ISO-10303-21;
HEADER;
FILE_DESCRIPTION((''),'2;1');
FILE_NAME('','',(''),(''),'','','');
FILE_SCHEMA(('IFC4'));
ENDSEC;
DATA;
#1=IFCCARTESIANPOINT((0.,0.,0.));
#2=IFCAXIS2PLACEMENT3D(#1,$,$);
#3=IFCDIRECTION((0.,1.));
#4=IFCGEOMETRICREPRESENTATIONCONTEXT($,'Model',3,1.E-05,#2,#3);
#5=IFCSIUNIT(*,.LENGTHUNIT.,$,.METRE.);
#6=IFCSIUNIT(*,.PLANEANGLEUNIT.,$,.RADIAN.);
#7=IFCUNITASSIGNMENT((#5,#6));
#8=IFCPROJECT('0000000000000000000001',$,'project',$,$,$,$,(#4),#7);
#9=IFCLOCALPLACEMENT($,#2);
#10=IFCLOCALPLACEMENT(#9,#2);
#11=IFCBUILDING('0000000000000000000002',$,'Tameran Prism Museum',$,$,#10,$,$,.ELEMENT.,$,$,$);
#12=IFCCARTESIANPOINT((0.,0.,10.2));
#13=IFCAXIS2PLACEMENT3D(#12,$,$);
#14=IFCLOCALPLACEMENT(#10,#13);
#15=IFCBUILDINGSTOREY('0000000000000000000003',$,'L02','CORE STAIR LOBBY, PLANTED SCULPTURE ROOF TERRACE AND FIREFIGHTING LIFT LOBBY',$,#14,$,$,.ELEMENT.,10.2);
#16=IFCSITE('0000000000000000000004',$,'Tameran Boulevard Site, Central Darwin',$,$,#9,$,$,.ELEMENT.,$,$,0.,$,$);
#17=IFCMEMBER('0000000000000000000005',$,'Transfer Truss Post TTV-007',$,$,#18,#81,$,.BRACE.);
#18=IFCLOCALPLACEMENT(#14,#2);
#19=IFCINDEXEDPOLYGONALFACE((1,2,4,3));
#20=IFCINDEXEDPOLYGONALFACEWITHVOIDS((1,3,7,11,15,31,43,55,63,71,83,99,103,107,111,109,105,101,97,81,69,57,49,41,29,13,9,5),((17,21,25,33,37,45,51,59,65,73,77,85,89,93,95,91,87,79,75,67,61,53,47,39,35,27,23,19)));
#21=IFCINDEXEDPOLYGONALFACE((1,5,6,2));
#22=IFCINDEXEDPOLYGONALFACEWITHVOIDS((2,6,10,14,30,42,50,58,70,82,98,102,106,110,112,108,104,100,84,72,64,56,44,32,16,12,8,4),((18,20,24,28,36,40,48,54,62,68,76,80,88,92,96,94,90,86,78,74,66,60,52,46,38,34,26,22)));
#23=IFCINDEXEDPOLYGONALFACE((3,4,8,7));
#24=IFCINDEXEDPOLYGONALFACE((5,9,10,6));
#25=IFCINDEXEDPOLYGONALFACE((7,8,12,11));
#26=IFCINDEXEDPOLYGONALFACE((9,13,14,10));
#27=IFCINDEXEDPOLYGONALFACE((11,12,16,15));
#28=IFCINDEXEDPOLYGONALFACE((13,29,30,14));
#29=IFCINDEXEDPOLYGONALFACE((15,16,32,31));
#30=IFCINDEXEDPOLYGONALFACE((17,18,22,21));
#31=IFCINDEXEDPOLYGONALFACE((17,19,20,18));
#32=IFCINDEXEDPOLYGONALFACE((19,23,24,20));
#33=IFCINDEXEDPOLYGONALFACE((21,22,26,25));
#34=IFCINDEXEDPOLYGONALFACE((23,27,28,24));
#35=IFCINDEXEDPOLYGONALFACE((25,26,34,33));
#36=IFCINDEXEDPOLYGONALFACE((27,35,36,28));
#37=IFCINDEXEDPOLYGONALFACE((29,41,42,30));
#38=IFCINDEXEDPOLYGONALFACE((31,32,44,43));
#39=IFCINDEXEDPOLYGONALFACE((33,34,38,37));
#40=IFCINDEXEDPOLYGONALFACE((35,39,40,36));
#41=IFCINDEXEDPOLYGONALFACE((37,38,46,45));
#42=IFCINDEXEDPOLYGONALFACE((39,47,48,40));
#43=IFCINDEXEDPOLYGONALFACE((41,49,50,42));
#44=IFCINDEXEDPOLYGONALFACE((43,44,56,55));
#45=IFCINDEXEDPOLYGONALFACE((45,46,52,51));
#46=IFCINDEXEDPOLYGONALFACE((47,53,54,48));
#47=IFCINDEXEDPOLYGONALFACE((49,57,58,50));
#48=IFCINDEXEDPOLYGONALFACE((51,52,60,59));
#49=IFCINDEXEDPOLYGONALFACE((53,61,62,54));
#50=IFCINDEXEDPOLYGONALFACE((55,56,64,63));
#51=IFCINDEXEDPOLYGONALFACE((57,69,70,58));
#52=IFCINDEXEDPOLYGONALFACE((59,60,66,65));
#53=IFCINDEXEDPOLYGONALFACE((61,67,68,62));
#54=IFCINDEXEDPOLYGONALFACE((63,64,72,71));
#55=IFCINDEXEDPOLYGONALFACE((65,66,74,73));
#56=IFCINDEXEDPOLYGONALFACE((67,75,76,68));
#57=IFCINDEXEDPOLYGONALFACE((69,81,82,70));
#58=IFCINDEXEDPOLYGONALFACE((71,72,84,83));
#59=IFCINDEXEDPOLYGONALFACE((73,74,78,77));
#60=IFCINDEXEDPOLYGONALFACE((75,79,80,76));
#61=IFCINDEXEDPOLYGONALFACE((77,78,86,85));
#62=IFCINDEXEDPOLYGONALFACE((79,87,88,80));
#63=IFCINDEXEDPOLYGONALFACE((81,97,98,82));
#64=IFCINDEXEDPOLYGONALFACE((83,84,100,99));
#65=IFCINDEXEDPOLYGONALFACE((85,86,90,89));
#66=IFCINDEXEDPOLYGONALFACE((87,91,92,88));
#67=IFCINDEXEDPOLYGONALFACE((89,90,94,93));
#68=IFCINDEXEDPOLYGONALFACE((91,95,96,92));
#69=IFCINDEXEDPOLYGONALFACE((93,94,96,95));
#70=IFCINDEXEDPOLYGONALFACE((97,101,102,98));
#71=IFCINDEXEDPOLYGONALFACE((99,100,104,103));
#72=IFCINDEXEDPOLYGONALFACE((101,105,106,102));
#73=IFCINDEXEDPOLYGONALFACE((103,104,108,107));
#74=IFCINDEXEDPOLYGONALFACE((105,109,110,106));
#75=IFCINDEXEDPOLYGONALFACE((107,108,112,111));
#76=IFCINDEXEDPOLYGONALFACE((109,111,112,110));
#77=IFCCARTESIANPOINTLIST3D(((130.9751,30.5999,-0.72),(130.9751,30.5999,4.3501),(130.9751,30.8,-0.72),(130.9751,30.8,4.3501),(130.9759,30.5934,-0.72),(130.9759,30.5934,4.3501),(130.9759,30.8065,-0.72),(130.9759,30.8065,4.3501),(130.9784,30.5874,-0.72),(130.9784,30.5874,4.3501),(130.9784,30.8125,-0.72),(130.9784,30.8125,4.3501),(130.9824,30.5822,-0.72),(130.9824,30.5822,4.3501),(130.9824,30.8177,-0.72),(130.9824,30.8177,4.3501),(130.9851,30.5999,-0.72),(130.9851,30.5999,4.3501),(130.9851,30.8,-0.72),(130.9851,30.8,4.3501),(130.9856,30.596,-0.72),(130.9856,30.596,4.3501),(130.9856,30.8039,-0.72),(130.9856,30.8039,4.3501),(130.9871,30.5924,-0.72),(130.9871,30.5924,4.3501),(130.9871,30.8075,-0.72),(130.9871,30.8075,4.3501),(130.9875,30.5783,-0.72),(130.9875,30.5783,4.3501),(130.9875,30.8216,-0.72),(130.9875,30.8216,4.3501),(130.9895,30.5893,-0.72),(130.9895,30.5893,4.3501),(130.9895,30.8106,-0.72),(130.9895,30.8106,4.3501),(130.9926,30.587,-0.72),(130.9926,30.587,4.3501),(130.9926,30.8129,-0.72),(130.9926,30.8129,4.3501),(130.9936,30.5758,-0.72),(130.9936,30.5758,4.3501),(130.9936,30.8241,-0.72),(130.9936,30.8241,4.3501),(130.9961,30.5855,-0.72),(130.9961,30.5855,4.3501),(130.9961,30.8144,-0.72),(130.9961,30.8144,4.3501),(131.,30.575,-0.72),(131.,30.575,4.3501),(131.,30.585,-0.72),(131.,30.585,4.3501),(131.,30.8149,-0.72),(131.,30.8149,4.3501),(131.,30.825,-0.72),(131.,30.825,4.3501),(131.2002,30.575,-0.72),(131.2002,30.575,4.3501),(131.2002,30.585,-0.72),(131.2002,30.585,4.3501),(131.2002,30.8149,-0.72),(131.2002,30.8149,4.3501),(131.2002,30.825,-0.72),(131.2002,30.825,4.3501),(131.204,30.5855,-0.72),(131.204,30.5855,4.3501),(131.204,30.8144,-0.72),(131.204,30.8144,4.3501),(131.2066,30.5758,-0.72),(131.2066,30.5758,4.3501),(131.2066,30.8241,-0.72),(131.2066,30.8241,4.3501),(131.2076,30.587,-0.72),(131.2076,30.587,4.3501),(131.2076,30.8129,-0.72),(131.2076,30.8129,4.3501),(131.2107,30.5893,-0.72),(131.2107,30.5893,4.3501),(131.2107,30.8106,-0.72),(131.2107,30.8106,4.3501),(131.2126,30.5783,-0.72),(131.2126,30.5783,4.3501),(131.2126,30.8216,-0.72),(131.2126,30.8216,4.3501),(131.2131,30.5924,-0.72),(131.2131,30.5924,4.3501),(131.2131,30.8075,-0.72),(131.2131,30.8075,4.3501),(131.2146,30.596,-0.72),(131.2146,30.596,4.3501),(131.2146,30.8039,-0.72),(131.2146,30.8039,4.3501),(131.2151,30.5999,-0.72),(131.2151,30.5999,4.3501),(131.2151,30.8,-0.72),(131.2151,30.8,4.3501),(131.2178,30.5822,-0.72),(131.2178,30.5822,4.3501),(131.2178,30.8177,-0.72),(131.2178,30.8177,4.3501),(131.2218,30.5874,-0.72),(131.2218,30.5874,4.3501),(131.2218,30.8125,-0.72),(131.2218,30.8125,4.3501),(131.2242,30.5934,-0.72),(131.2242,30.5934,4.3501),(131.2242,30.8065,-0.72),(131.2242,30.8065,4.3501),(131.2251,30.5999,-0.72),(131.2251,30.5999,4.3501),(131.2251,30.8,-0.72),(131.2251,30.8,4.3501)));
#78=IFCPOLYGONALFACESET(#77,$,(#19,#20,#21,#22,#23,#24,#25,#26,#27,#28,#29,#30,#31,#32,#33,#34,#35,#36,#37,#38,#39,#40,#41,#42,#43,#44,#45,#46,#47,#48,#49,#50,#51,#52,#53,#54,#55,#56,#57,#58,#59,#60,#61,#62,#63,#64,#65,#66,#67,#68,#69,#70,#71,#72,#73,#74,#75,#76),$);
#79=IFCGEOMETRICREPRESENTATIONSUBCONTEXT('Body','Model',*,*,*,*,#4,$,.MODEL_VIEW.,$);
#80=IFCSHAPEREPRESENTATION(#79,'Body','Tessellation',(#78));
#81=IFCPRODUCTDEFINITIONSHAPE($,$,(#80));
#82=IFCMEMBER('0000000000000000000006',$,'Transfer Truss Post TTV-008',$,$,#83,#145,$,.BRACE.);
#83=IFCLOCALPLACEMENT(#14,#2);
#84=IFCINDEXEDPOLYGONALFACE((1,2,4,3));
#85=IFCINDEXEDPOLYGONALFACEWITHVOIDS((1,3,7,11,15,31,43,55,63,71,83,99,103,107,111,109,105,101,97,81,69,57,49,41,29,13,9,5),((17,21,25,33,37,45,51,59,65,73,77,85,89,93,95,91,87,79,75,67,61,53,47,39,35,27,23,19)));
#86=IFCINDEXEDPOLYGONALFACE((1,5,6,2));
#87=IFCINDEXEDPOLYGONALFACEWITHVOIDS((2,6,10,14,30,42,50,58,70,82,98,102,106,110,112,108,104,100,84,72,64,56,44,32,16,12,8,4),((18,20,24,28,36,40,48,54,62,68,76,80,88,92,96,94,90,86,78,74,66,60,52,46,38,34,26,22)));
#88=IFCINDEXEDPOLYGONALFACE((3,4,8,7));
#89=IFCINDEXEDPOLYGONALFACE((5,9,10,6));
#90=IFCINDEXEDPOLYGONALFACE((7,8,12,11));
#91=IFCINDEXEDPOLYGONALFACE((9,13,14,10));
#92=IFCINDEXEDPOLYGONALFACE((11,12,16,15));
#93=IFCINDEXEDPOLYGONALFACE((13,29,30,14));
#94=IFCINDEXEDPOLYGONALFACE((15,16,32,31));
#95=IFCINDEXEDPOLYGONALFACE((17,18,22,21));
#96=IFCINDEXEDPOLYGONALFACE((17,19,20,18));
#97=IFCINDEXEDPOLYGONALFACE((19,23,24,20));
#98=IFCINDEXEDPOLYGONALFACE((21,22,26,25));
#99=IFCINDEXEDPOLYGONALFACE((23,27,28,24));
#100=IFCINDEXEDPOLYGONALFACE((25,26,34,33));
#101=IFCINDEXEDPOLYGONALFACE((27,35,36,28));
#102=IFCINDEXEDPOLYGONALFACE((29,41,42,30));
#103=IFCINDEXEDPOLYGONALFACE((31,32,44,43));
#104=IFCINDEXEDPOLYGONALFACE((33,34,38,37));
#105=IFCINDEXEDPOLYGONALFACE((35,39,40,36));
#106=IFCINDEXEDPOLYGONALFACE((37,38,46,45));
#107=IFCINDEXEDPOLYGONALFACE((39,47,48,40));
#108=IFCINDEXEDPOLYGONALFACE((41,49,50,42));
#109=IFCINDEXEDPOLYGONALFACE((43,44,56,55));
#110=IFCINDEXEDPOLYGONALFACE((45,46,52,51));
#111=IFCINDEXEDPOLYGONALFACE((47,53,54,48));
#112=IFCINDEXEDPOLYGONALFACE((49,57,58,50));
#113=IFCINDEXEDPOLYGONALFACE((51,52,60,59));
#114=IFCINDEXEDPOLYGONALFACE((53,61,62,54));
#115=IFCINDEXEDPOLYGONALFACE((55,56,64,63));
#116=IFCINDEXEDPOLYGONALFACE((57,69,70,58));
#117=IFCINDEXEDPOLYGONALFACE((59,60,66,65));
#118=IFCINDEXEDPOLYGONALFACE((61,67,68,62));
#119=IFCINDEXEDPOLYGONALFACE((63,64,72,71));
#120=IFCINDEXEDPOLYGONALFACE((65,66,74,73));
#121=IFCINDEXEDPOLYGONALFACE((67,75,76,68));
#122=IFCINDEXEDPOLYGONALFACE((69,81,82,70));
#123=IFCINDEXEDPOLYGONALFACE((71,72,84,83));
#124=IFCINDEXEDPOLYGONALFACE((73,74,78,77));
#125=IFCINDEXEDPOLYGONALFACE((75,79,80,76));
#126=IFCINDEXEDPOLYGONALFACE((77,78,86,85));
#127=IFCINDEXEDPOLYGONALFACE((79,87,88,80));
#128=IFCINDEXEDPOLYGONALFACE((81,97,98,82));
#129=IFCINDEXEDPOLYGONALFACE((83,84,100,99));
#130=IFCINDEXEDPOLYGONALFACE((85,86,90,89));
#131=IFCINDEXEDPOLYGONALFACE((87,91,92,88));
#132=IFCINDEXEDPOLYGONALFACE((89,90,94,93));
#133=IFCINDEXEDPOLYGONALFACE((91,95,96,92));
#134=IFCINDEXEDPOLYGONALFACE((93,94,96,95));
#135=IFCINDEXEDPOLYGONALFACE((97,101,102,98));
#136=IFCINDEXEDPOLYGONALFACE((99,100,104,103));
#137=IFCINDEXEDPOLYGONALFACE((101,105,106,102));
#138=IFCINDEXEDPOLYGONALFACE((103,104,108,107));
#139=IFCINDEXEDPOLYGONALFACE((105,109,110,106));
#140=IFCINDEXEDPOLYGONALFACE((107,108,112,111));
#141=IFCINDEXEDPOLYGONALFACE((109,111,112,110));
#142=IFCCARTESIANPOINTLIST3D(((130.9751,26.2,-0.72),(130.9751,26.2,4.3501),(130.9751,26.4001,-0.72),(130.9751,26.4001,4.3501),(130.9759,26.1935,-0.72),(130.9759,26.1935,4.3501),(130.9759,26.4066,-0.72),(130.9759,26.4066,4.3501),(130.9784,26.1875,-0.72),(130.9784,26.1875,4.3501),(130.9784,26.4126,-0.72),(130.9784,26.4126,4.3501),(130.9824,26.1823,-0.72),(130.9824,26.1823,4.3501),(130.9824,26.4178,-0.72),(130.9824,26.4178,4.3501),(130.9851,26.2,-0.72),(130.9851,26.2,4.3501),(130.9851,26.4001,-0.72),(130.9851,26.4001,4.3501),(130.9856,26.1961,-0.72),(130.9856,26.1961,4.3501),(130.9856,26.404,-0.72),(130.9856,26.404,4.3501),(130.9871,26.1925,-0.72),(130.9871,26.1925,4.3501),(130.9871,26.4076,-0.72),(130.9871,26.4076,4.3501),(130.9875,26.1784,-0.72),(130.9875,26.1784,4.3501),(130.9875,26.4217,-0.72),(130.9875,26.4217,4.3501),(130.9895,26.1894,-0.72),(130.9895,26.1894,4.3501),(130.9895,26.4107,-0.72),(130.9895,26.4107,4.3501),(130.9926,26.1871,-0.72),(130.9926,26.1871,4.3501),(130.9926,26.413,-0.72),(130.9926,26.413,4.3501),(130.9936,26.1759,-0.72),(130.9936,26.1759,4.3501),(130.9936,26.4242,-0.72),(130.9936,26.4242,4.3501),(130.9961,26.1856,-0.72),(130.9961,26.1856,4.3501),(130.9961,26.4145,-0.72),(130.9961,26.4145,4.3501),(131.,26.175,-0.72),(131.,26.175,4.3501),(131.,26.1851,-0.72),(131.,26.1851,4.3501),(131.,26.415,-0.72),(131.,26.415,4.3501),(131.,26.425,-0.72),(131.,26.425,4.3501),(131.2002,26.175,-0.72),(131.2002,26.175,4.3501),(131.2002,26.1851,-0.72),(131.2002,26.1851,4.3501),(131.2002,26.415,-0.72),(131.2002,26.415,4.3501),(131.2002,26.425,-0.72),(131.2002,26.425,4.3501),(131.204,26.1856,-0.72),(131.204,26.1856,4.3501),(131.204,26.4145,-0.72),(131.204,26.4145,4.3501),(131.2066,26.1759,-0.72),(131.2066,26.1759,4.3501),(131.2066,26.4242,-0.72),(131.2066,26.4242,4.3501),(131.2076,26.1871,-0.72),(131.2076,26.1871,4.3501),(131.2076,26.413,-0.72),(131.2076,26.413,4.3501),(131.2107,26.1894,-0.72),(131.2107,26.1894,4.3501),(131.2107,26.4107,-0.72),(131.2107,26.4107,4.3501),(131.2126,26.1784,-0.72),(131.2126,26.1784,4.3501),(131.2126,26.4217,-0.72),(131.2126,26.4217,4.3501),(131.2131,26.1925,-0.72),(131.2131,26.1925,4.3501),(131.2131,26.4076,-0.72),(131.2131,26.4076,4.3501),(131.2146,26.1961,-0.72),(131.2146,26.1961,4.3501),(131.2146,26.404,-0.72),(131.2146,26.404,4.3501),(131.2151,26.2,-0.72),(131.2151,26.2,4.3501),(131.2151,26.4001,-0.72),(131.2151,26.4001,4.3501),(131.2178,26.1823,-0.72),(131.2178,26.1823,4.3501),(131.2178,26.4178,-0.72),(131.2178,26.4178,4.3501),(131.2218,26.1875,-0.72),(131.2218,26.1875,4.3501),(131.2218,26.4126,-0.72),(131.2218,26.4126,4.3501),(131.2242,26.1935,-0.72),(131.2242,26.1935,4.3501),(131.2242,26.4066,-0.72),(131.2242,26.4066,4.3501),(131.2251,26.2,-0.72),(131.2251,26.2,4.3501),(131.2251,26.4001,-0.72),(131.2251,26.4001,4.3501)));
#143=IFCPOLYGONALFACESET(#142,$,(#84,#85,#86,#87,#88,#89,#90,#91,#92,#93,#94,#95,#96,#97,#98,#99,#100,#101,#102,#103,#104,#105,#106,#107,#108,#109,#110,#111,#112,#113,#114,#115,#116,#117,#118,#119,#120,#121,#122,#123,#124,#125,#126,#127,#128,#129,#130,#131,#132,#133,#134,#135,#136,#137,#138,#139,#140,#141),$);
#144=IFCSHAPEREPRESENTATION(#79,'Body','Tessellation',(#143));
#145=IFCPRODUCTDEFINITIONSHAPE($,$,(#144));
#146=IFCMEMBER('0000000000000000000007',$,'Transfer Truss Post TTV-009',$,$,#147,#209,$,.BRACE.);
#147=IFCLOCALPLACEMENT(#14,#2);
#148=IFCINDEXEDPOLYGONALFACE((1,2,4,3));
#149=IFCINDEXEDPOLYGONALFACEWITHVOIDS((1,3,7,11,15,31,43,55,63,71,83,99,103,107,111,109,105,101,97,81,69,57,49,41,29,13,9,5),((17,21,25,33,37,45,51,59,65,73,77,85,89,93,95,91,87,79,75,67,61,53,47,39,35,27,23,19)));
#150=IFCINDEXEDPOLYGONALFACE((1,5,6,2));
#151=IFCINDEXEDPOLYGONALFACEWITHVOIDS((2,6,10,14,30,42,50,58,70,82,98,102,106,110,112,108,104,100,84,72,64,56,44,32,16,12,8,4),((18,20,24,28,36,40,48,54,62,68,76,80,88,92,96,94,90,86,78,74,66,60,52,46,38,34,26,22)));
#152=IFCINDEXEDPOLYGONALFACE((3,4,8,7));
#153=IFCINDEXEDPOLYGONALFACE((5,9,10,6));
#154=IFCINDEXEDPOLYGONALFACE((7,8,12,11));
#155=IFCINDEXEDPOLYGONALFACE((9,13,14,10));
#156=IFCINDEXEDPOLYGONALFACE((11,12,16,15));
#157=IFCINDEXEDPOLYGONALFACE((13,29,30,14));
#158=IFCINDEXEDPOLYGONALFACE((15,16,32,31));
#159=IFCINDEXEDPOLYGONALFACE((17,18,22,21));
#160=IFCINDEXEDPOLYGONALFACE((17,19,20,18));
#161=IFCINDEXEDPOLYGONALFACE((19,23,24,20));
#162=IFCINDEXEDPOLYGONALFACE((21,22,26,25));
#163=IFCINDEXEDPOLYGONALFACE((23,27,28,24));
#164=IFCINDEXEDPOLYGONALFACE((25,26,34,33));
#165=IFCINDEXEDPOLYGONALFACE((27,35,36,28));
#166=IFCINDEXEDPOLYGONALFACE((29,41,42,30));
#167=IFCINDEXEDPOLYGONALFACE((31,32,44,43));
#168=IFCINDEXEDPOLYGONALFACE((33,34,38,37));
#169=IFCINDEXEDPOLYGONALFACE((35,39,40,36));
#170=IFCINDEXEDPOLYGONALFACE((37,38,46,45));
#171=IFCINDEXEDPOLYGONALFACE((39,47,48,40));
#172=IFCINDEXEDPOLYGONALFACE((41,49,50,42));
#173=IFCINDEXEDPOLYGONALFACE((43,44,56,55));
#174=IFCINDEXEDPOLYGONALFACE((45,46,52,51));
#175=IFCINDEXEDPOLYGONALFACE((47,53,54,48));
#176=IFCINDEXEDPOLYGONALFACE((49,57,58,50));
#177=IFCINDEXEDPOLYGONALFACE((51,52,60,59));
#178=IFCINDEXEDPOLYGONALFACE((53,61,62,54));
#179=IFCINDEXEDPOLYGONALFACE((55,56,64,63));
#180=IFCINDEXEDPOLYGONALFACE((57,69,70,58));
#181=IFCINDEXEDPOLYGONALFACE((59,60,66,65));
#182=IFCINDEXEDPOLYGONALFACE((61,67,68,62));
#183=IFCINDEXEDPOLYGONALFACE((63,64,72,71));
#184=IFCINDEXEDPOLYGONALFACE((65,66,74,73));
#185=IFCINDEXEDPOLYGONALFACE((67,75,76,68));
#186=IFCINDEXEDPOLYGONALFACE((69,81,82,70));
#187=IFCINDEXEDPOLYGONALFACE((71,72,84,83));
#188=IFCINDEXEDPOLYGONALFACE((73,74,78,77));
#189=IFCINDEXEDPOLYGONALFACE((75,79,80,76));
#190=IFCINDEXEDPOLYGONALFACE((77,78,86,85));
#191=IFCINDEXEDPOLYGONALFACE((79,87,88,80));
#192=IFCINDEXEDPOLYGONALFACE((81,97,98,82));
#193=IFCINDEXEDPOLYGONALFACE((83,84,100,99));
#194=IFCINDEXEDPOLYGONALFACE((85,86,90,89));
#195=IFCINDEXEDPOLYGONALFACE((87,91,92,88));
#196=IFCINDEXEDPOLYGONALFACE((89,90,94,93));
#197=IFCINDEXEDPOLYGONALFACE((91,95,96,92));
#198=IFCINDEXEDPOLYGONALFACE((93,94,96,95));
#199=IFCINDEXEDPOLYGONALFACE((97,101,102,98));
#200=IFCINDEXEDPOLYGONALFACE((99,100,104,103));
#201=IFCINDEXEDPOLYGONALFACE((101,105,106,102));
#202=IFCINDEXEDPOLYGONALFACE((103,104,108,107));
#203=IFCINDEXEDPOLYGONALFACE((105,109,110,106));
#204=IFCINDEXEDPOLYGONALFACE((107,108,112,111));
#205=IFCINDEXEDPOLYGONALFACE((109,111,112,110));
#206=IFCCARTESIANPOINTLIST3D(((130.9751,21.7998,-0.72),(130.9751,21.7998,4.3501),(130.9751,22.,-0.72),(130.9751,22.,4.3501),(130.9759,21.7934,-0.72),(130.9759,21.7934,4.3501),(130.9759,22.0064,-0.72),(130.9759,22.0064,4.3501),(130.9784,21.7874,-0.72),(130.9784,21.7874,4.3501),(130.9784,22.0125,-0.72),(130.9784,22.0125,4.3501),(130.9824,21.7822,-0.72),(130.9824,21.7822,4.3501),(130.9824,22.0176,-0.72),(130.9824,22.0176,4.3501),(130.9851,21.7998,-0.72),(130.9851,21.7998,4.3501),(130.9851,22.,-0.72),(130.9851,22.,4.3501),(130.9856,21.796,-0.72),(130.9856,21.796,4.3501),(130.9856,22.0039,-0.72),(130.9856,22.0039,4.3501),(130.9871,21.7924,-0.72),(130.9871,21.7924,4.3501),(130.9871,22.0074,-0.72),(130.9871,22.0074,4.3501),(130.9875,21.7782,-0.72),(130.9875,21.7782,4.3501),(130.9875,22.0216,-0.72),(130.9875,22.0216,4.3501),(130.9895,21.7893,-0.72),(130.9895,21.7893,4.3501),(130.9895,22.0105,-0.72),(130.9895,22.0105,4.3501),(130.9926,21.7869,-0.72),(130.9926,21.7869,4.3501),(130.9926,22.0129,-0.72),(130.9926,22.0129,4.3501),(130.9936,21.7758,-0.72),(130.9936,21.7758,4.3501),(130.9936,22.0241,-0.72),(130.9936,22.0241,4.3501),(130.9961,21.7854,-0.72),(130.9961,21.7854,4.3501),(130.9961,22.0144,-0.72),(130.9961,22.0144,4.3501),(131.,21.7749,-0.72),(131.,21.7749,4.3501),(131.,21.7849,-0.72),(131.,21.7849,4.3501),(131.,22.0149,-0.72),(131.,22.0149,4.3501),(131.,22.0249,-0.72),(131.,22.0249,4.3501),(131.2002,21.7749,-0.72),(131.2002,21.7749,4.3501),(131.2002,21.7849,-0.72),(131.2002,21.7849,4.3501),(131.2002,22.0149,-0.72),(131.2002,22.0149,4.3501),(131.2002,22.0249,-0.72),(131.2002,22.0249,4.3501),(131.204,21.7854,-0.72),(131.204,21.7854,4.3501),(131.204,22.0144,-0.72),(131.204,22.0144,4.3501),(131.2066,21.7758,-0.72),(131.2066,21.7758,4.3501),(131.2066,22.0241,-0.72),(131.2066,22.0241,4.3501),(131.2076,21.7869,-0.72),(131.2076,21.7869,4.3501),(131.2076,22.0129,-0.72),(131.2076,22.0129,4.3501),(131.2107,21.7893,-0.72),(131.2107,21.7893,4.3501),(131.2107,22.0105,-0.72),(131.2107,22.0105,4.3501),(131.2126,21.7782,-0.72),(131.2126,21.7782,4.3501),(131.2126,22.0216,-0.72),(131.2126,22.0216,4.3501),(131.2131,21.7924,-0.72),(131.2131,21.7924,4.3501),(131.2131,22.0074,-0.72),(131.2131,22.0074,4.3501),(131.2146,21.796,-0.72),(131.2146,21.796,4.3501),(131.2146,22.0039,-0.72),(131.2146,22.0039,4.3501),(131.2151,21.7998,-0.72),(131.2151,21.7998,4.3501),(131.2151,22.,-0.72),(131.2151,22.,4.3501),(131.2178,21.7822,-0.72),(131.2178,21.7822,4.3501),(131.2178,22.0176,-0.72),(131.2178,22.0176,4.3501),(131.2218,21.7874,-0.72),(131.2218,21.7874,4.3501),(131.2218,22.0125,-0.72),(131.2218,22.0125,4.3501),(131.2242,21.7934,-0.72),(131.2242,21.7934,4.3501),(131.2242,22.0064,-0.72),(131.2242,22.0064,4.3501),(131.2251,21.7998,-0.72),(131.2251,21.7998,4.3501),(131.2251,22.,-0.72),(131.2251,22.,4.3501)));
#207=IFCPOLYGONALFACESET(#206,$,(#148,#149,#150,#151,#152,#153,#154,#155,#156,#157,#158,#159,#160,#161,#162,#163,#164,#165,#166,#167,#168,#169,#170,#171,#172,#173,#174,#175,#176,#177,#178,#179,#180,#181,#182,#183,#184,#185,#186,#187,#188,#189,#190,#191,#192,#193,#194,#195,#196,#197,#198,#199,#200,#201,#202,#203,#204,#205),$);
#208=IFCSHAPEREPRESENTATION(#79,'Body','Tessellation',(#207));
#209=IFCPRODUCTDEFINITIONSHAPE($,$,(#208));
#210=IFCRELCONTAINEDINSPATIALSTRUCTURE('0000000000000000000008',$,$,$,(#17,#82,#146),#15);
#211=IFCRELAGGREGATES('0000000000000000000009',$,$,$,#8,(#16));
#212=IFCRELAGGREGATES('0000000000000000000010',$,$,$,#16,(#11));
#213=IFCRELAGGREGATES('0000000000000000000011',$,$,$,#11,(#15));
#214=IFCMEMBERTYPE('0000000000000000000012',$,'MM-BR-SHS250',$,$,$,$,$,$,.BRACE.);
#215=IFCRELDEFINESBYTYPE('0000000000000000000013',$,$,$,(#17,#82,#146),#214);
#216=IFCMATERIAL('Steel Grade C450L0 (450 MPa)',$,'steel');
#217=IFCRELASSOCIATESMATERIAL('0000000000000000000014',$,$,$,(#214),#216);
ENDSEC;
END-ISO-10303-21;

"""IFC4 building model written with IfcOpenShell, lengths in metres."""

from ifc_helpers import new_model, si_unit, direction, frame, origin, origin_2d, place, context, subcontext, project, spatial, hollow_rectangle, extrude, material, material_profile, profile_set, type_object, element, save


model = new_model("IFC4")

# Units and contexts
model_context = context("Model", 3, precision=1e-05, world=origin(), true_north=direction((0.0, 1.0)))
body_context = subcontext(model_context, "Body", "Model", "MODEL_VIEW")
ifc_project = project(units=[si_unit("LENGTHUNIT", "METRE"), si_unit("PLANEANGLEUNIT", "RADIAN")], contexts=[model_context])

# Site, building, storey
site_placement = place(None, origin())
site = spatial("IfcSite", under=ifc_project, at=site_placement, Name="Tameran Boulevard Site, Central Darwin", CompositionType="ELEMENT", RefElevation=0.0)
building_placement = place(site_placement, origin())
building = spatial("IfcBuilding", under=site, at=building_placement, Name="Tameran Prism Museum", CompositionType="ELEMENT")
storey_placement = place(building_placement, frame((0.0, 0.0, 10.2)))
storey = spatial("IfcBuildingStorey", under=building, at=storey_placement, Name="L02", Description="CORE STAIR LOBBY, PLANTED SCULPTURE ROOF TERRACE AND FIREFIGHTING LIFT LOBBY", CompositionType="ELEMENT", Elevation=10.2)

# Members
ifc_material_1 = material(Name="Steel Grade C450L0 (450 MPa)", Category="steel")
ifc_material_profile_1 = material_profile(ifc_material_1, hollow_rectangle(XDim=0.25, YDim=0.25, WallThickness=0.01, InnerFilletRadius=0.0149, OuterFilletRadius=0.0249, at=origin_2d()))
ifc_profile_set_1 = profile_set([ifc_material_profile_1])
member_type_1 = type_object("IfcMemberType", Name="MM-BR-SHS250", PredefinedType="BRACE", material=ifc_profile_set_1)
for number, where, z_axis, x_axis, name in (
    (1, (131.1001, 30.7, -0.72), (0.0, 0.0, 1.0), (1.0, 0.0, 0.0), "Transfer Truss Post TTV-007"),
    (2, (131.1001, 26.3, -0.72), (0.0, 0.0, 1.0), (1.0, 0.0, 0.0), "Transfer Truss Post TTV-008"),
    (3, (131.1001, 21.8999, -0.72), (0.0, 0.0, 1.0), (1.0, 0.0, 0.0), "Transfer Truss Post TTV-009"),
):
    element("IfcMember", number, at=place(storey_placement, frame(where, z_axis=z_axis, x_axis=x_axis)), inside=storey, type_object=member_type_1, Name=name, PredefinedType="BRACE", context=body_context, shape_type="SweptSolid", body=[
        extrude(hollow_rectangle(XDim=0.25, YDim=0.25, WallThickness=0.01, InnerFilletRadius=0.0149, OuterFilletRadius=0.0249, at=origin_2d()), origin(), (0.0, 0.0, 1.0), 5.0701),
    ])

save(model, "model.ifc")
